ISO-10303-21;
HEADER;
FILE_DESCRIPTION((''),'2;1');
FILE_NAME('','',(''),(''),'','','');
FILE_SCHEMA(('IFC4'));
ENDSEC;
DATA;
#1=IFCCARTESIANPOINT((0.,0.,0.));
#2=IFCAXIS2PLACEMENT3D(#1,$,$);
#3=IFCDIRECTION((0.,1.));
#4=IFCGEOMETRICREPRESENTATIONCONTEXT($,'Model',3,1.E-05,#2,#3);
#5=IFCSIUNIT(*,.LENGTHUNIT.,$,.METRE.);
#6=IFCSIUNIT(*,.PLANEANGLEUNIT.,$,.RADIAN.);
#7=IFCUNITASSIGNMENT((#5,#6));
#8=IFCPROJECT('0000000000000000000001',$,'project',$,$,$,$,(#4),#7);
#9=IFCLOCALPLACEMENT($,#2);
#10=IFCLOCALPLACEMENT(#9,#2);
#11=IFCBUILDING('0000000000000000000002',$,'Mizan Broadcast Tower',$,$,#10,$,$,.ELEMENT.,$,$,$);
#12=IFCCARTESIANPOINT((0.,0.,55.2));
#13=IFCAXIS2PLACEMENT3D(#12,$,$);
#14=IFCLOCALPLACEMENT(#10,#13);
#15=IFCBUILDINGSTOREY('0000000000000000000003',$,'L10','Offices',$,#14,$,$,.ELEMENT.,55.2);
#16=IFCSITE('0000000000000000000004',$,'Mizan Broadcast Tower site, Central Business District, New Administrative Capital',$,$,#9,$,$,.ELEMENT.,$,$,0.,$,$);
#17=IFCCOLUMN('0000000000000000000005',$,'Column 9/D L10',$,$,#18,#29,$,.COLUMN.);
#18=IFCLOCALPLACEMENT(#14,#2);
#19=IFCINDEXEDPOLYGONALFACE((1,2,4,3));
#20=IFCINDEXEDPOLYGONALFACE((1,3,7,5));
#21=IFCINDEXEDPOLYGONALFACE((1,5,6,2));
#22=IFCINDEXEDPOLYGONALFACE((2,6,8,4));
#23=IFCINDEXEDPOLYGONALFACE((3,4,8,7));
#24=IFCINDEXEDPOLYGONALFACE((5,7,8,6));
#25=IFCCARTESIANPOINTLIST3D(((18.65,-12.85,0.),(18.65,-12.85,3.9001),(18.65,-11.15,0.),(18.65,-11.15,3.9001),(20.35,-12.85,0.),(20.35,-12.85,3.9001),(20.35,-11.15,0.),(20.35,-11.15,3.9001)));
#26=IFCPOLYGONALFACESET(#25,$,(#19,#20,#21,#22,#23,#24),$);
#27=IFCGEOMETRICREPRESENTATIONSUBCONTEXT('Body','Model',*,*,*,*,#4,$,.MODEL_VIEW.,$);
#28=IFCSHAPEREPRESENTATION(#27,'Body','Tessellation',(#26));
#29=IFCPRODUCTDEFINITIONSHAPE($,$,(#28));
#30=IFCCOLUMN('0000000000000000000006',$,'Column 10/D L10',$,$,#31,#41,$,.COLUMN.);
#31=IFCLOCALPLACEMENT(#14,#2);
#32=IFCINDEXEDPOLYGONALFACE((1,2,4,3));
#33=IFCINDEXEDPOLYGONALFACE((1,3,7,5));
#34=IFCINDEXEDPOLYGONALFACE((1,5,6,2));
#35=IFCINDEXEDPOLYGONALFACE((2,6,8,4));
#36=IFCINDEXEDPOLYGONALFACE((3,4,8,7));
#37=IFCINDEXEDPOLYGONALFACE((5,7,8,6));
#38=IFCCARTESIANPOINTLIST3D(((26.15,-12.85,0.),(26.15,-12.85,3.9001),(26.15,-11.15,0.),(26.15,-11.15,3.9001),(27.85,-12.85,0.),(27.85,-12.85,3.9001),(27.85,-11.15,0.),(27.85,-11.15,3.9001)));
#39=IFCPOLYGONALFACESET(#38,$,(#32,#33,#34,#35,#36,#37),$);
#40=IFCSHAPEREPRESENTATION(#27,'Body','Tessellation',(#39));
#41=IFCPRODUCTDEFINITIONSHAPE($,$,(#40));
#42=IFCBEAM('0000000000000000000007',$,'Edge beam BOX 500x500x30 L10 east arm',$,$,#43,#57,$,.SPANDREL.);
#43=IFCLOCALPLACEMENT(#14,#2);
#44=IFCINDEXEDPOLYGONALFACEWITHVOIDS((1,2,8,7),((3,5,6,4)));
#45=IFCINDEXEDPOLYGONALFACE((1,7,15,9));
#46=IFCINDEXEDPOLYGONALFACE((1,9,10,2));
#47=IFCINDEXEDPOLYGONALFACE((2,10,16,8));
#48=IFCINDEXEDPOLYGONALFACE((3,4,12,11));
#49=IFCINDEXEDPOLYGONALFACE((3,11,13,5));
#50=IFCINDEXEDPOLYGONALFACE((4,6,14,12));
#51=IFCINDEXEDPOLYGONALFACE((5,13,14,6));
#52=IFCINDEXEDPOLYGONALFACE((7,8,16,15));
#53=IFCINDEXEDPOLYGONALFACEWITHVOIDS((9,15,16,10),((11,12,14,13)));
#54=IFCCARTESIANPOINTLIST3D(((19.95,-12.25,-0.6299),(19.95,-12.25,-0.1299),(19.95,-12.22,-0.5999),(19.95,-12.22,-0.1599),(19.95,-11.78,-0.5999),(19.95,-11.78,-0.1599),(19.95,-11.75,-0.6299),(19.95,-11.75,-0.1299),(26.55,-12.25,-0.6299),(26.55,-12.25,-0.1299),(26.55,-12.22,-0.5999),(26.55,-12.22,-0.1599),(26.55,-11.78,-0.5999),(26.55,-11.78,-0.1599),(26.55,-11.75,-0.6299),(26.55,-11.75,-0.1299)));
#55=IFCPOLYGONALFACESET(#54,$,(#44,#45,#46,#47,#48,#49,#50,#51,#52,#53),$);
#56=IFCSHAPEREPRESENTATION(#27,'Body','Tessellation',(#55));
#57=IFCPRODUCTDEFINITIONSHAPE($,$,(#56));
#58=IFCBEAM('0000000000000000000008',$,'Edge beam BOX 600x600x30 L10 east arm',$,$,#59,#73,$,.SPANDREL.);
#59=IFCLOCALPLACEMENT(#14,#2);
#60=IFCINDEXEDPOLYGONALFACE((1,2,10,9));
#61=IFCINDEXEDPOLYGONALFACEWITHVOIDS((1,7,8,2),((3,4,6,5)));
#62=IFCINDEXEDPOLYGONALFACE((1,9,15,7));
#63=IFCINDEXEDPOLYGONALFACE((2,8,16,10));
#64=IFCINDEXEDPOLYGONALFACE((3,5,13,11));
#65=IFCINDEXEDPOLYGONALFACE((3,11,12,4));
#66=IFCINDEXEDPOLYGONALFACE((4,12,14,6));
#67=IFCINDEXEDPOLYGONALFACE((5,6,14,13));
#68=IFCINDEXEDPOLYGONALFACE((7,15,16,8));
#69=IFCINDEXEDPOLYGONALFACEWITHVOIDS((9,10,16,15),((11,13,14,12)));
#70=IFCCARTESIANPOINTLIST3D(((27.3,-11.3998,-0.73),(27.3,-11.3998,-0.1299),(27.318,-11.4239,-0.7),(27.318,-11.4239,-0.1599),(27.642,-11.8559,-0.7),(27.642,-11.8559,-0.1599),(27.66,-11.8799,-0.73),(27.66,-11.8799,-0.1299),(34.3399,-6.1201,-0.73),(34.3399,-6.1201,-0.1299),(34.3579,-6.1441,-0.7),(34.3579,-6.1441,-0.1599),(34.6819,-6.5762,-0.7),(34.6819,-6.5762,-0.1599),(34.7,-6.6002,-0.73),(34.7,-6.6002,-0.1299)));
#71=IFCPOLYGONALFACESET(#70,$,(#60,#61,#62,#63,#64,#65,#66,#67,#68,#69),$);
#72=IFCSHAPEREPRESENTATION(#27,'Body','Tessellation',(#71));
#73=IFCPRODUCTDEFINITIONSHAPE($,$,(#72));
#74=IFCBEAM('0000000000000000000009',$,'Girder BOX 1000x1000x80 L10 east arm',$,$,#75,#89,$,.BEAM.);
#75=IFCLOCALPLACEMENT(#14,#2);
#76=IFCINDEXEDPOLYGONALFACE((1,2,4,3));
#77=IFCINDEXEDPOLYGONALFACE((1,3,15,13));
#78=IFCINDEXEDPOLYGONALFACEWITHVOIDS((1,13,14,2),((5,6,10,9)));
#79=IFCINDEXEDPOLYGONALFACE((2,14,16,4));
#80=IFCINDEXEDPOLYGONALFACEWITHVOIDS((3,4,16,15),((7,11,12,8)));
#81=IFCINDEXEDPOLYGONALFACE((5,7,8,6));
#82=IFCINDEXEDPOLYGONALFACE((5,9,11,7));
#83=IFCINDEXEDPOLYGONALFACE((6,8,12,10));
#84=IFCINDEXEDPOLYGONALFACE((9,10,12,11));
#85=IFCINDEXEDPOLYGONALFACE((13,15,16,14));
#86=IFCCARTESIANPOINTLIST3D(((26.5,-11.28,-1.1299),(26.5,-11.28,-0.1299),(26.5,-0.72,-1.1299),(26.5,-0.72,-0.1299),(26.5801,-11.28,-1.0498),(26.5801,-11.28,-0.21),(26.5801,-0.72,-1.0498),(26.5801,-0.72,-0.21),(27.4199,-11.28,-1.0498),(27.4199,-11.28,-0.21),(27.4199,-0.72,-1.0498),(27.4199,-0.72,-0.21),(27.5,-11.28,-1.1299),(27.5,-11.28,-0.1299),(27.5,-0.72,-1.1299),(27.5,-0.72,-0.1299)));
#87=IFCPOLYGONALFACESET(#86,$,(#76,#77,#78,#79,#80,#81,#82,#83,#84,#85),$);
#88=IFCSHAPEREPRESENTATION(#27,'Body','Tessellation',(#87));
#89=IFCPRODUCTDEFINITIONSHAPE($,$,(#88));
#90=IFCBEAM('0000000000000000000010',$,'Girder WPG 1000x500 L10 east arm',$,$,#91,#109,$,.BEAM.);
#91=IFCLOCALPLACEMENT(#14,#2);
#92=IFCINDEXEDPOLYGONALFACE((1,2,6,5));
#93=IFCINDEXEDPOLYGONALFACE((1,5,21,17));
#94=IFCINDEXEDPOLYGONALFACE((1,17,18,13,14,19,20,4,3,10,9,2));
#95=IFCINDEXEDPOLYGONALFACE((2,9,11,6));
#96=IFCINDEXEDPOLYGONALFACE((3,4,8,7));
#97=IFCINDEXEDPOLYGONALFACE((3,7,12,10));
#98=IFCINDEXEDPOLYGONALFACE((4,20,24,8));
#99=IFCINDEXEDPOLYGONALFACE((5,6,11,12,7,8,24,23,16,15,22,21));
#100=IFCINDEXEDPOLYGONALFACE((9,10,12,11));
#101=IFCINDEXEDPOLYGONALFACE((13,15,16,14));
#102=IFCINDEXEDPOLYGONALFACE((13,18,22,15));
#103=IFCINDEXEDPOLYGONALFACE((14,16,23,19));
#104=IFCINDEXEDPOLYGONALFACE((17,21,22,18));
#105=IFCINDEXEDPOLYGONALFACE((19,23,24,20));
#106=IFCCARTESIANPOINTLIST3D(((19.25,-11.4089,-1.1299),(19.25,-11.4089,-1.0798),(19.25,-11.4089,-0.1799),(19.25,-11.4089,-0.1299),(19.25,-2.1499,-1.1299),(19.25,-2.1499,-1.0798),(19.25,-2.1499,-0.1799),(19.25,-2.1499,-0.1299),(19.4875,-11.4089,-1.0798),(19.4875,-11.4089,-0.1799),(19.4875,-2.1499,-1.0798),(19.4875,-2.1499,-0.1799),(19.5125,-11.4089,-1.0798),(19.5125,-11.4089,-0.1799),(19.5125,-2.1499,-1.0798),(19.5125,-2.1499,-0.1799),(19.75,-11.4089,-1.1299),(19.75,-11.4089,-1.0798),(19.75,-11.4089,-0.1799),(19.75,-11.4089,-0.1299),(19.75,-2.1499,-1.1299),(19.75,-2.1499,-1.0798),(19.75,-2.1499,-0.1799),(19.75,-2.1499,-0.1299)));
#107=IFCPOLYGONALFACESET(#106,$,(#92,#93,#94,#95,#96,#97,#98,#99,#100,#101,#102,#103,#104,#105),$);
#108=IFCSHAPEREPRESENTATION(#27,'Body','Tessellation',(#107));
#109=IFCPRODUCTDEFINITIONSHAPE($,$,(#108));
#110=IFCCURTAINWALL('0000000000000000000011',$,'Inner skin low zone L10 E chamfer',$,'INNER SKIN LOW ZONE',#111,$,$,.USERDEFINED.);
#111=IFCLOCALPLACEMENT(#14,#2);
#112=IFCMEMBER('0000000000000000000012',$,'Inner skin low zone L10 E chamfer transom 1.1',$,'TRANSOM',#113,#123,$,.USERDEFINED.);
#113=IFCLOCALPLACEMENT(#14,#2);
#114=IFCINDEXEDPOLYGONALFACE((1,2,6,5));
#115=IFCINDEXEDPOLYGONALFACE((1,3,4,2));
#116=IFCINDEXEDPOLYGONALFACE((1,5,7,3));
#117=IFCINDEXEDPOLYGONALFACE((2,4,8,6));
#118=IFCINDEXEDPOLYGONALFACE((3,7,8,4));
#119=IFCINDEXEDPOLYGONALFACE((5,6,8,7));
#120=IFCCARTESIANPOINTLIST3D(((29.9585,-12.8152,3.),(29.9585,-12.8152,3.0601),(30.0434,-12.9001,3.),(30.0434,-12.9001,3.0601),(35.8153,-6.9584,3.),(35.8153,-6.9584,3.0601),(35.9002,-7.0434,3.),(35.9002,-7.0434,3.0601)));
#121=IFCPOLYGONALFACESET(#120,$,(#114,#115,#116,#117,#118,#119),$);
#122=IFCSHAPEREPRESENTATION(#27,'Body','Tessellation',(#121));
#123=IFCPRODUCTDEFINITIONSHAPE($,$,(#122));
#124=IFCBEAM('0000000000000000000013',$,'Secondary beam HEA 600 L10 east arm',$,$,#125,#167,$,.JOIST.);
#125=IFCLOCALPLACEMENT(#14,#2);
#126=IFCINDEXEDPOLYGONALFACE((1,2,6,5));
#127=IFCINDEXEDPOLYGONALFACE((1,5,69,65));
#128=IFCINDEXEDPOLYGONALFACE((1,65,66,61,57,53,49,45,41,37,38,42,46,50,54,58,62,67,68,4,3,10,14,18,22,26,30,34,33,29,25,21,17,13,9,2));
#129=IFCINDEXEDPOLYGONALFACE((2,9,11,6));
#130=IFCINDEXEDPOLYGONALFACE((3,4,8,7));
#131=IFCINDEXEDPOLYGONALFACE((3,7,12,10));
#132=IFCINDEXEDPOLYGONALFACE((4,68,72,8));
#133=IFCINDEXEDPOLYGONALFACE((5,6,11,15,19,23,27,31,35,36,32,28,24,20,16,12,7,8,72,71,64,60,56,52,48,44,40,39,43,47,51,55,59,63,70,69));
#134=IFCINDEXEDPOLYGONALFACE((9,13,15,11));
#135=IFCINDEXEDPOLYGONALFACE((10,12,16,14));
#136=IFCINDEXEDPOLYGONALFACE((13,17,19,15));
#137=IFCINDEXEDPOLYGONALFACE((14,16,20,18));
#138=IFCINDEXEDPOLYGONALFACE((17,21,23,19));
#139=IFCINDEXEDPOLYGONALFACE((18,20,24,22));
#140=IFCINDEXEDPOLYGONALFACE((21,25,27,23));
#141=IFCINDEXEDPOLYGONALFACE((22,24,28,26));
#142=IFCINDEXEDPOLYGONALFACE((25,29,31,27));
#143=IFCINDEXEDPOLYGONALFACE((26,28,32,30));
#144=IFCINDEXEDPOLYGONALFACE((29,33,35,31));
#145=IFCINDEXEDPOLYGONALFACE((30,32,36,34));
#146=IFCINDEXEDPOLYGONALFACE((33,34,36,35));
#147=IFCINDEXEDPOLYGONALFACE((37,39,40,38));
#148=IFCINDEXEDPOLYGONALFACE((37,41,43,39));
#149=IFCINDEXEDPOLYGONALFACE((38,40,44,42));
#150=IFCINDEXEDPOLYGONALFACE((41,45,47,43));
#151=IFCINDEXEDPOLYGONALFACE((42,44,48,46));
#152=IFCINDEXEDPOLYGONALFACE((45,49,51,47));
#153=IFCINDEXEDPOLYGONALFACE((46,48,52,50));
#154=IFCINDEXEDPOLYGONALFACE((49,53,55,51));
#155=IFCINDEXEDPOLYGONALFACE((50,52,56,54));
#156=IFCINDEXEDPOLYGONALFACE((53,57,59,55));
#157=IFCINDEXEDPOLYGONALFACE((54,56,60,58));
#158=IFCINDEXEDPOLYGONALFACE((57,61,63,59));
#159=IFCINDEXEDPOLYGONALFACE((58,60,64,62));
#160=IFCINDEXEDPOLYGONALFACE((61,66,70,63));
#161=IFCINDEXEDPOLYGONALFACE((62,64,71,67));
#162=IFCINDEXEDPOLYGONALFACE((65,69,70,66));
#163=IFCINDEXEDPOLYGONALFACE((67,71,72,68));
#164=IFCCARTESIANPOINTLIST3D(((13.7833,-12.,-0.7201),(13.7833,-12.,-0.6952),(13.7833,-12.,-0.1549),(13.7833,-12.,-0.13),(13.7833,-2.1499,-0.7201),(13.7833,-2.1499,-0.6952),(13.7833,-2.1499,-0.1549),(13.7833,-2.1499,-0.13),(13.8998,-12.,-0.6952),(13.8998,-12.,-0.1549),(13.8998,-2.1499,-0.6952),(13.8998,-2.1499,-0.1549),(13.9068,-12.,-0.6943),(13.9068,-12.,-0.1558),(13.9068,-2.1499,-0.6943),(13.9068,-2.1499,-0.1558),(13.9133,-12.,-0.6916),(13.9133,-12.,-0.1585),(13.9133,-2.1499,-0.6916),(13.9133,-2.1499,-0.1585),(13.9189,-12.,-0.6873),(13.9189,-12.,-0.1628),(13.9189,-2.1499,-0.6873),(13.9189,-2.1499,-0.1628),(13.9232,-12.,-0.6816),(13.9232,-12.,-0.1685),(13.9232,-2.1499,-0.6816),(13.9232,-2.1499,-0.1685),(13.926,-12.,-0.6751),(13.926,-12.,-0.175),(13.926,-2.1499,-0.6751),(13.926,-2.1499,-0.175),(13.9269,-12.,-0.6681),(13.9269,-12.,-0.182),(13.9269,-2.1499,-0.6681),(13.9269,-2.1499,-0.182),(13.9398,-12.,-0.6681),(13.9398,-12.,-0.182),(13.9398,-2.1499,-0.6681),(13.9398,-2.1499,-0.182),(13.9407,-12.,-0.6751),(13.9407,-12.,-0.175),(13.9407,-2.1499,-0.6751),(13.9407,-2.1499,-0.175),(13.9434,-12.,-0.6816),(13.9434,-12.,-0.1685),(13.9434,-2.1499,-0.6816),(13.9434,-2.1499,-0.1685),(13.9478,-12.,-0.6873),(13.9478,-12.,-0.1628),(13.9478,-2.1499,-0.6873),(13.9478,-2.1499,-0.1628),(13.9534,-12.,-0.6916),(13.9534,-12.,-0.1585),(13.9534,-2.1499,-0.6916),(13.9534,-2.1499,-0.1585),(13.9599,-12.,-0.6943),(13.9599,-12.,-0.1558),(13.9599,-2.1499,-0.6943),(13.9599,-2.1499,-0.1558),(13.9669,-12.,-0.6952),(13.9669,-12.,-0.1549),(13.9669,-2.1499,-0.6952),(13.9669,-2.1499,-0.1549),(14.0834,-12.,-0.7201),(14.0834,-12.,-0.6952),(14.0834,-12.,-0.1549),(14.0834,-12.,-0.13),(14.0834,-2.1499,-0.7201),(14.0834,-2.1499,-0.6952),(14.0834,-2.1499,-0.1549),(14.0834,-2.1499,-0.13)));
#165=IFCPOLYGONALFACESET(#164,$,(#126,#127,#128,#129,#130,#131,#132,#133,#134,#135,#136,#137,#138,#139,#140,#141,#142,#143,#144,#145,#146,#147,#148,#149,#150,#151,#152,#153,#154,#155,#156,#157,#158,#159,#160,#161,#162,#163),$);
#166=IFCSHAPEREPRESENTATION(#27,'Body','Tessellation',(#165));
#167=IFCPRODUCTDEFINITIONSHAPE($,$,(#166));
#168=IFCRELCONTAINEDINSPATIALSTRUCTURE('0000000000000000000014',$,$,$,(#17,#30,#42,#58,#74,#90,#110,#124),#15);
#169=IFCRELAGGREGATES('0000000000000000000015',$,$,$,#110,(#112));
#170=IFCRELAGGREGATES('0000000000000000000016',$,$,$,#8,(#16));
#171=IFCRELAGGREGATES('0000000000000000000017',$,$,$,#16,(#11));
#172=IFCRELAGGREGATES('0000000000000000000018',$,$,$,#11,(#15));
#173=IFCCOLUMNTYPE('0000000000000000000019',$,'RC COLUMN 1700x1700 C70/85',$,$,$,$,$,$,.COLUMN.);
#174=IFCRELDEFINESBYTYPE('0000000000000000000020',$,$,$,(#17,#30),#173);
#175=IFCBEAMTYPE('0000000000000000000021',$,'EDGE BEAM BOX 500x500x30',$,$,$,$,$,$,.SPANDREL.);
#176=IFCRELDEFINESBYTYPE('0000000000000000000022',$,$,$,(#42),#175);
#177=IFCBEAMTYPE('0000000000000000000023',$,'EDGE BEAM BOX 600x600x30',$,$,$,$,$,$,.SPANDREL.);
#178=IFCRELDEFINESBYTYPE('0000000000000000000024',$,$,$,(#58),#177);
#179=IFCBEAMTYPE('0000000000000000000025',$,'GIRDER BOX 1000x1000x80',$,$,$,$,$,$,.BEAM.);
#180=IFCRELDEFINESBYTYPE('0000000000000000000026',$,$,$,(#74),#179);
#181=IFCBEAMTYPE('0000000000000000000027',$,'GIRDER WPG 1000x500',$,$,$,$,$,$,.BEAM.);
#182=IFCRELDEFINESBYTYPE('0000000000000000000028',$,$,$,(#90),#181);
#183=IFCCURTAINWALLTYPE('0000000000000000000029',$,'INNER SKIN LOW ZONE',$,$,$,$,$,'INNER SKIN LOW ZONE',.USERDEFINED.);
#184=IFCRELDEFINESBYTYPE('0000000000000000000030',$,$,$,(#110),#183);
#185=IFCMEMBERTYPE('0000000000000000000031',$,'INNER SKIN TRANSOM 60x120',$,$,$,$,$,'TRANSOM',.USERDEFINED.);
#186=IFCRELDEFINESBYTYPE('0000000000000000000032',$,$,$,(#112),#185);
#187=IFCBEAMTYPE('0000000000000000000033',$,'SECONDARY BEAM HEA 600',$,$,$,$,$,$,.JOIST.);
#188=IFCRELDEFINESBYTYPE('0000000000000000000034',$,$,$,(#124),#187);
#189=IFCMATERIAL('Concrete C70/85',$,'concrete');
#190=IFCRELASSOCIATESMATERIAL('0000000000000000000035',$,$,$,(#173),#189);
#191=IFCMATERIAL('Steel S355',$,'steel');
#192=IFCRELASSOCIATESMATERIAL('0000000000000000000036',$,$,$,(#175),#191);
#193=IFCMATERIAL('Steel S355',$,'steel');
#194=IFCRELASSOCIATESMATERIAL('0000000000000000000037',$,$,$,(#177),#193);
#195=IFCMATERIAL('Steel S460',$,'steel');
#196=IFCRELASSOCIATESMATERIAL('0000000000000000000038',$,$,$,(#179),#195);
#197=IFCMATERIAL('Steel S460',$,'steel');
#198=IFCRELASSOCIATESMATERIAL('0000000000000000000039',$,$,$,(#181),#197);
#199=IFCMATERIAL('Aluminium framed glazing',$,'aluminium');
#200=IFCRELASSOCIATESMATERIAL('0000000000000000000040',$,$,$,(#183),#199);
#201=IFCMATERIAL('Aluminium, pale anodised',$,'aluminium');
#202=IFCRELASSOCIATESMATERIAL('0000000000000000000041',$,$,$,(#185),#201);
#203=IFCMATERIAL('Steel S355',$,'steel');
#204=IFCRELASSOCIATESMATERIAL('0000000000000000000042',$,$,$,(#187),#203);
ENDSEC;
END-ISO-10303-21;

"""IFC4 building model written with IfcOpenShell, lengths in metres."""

from ifc_helpers import new_model, si_unit, direction, frame, origin, origin_2d, place, context, subcontext, project, spatial, rectangle, hollow_rectangle, i_section, extrude, material, material_profile, profile_set, type_object, element, aggregate, save


model = new_model("IFC4")

# Units and contexts
model_context = context("Model", 3, precision=1e-05, world=origin(), true_north=direction((0.0, 1.0)))
body_context = subcontext(model_context, "Body", "Model", "MODEL_VIEW")
ifc_project = project(units=[si_unit("LENGTHUNIT", "METRE"), si_unit("PLANEANGLEUNIT", "RADIAN")], contexts=[model_context])

# Site, building, storey
site_placement = place(None, origin())
site = spatial("IfcSite", under=ifc_project, at=site_placement, Name="Mizan Broadcast Tower site, Central Business District, New Administrative Capital", CompositionType="ELEMENT", RefElevation=0.0)
building_placement = place(site_placement, origin())
building = spatial("IfcBuilding", under=site, at=building_placement, Name="Mizan Broadcast Tower", CompositionType="ELEMENT")
storey_placement = place(building_placement, frame((0.0, 0.0, 55.2)))
storey = spatial("IfcBuildingStorey", under=building, at=storey_placement, Name="L10", Description="Offices", CompositionType="ELEMENT", Elevation=55.2)

# Columns
ifc_material_1 = material(Name="Concrete C70/85", Category="concrete")
ifc_material_profile_1 = material_profile(ifc_material_1, rectangle(XDim=1.7, YDim=1.7, at=origin_2d()), Name="RC 1700x1700")
ifc_profile_set_1 = profile_set([ifc_material_profile_1], Name="Concrete C70/85")
column_type = type_object("IfcColumnType", Name="RC COLUMN 1700x1700 C70/85", PredefinedType="COLUMN", material=ifc_profile_set_1)
for number, where, z_axis, x_axis, name in (
    (1, (19.5, -12.0, 0.0), (0.0, 0.0, 1.0), (1.0, 0.0, 0.0), "Column 9/D L10"),
    (2, (27.0, -12.0, 0.0), (0.0, 0.0, 1.0), (1.0, 0.0, 0.0), "Column 10/D L10"),
):
    element("IfcColumn", number, at=place(storey_placement, frame(where, z_axis=z_axis, x_axis=x_axis)), inside=storey, type_object=column_type, Name=name, PredefinedType="COLUMN", context=body_context, shape_type="SweptSolid", body=[
        extrude(rectangle(XDim=1.7, YDim=1.7, at=origin_2d()), origin(), (0.0, 0.0, 1.0), 3.9001),
    ])

# Beams
ifc_material_2 = material(Name="Steel S355", Category="steel")
ifc_material_profile_2 = material_profile(ifc_material_2, hollow_rectangle(XDim=0.5, YDim=0.5, WallThickness=0.03, at=origin_2d()), Name="BOX 500x500x30")
ifc_profile_set_2 = profile_set([ifc_material_profile_2], Name="Steel S355")
beam_type_1 = type_object("IfcBeamType", Name="EDGE BEAM BOX 500x500x30", PredefinedType="SPANDREL", material=ifc_profile_set_2)
beam_1_placement = place(storey_placement, frame((19.95, -12.0, -0.3799), z_axis=(1.0, 0.0, 0.0), x_axis=(0.0, 1.0, 0.0)))
element("IfcBeam", 3, at=beam_1_placement, inside=storey, type_object=beam_type_1, Name="Edge beam BOX 500x500x30 L10 east arm", PredefinedType="SPANDREL", context=body_context, shape_type="SweptSolid", body=[
    extrude(hollow_rectangle(XDim=0.5, YDim=0.5, WallThickness=0.03, at=origin_2d()), origin(), (0.0, 0.0, 1.0), 6.6001),
])
ifc_material_3 = material(Name="Steel S355", Category="steel")
ifc_material_profile_3 = material_profile(ifc_material_3, hollow_rectangle(XDim=0.6001, YDim=0.6001, WallThickness=0.03, at=origin_2d()), Name="BOX 600x600x30")
ifc_profile_set_3 = profile_set([ifc_material_profile_3], Name="Steel S355")
beam_type_2 = type_object("IfcBeamType", Name="EDGE BEAM BOX 600x600x30", PredefinedType="SPANDREL", material=ifc_profile_set_3)
beam_2_placement = place(storey_placement, frame((27.48, -11.6399, -0.4299), z_axis=(0.800013, 0.599982, 0.0), x_axis=(-0.599982, 0.800013, 0.0)))
element("IfcBeam", 4, at=beam_2_placement, inside=storey, type_object=beam_type_2, Name="Edge beam BOX 600x600x30 L10 east arm", PredefinedType="SPANDREL", context=body_context, shape_type="SweptSolid", body=[
    extrude(hollow_rectangle(XDim=0.6001, YDim=0.6001, WallThickness=0.03, at=origin_2d()), origin(), (0.0, 0.0, 1.0), 8.7998),
])
ifc_material_4 = material(Name="Steel S460", Category="steel")
ifc_material_profile_4 = material_profile(ifc_material_4, hollow_rectangle(XDim=1.0, YDim=1.0, WallThickness=0.0801, at=origin_2d()), Name="BOX 1000x1000x80")
ifc_profile_set_4 = profile_set([ifc_material_profile_4], Name="Steel S460")
beam_type_3 = type_object("IfcBeamType", Name="GIRDER BOX 1000x1000x80", PredefinedType="BEAM", material=ifc_profile_set_4)
beam_3_placement = place(storey_placement, frame((27.0, -11.28, -0.6299), z_axis=(0.0, 1.0, 0.0), x_axis=(-1.0, 0.0, 0.0)))
element("IfcBeam", 5, at=beam_3_placement, inside=storey, type_object=beam_type_3, Name="Girder BOX 1000x1000x80 L10 east arm", PredefinedType="BEAM", context=body_context, shape_type="SweptSolid", body=[
    extrude(hollow_rectangle(XDim=1.0, YDim=1.0, WallThickness=0.0801, at=origin_2d()), origin(), (0.0, 0.0, 1.0), 10.5601),
])
ifc_material_5 = material(Name="Steel S460", Category="steel")
ifc_material_profile_5 = material_profile(ifc_material_5, i_section(OverallWidth=0.5, OverallDepth=1.0, WebThickness=0.0249, FlangeThickness=0.05, at=origin_2d()), Name="WPG 1000x500")
ifc_profile_set_5 = profile_set([ifc_material_profile_5], Name="Steel S460")
beam_type_4 = type_object("IfcBeamType", Name="GIRDER WPG 1000x500", PredefinedType="BEAM", material=ifc_profile_set_5)
beam_4_placement = place(storey_placement, frame((19.5, -11.4089, -0.6299), z_axis=(0.0, 1.0, 0.0), x_axis=(-1.0, 0.0, 0.0)))
element("IfcBeam", 6, at=beam_4_placement, inside=storey, type_object=beam_type_4, Name="Girder WPG 1000x500 L10 east arm", PredefinedType="BEAM", context=body_context, shape_type="SweptSolid", body=[
    extrude(i_section(OverallWidth=0.5, OverallDepth=1.0, WebThickness=0.0249, FlangeThickness=0.05, at=origin_2d()), origin(), (0.0, 0.0, 1.0), 9.259),
])

# Curtain wall, member
ifc_material_6 = material(Name="Aluminium framed glazing", Category="aluminium")
curtain_wall_type = type_object("IfcCurtainWallType", Name="INNER SKIN LOW ZONE", ElementType="INNER SKIN LOW ZONE", PredefinedType="USERDEFINED", material=ifc_material_6)
curtain_wall_placement = place(storey_placement, origin())
curtain_wall = element("IfcCurtainWall", 7, at=curtain_wall_placement, inside=storey, type_object=curtain_wall_type, Name="Inner skin low zone L10 E chamfer", ObjectType="INNER SKIN LOW ZONE", PredefinedType="USERDEFINED")
ifc_material_7 = material(Name="Aluminium, pale anodised", Category="aluminium")
ifc_material_profile_6 = material_profile(ifc_material_7, rectangle(XDim=0.1201, YDim=0.0601, at=origin_2d()), Name="TRANSOM 120x60")
ifc_profile_set_6 = profile_set([ifc_material_profile_6], Name="Aluminium, pale anodised")
member_type = type_object("IfcMemberType", Name="INNER SKIN TRANSOM 60x120", ElementType="TRANSOM", PredefinedType="USERDEFINED", material=ifc_profile_set_6)
member_placement = place(storey_placement, frame((30.001, -12.8577, 3.03), z_axis=(0.707107, 0.707107, 0.0), x_axis=(-0.707107, 0.707107, 0.0)))
member = element("IfcMember", 8, at=member_placement, type_object=member_type, Name="Inner skin low zone L10 E chamfer transom 1.1", ObjectType="TRANSOM", PredefinedType="USERDEFINED", context=body_context, shape_type="SweptSolid", body=[
    extrude(rectangle(XDim=0.1201, YDim=0.0601, at=origin_2d()), origin(), (0.0, 0.0, 1.0), 8.2827),
])
aggregate(curtain_wall, [member])

# Beam
ifc_material_8 = material(Name="Steel S355", Category="steel")
ifc_material_profile_7 = material_profile(ifc_material_8, i_section(OverallWidth=0.3, OverallDepth=0.5901, WebThickness=0.0129, FlangeThickness=0.0249, FilletRadius=0.0271, at=origin_2d()), Name="HEA 600")
ifc_profile_set_7 = profile_set([ifc_material_profile_7], Name="Steel S355")
beam_type_5 = type_object("IfcBeamType", Name="SECONDARY BEAM HEA 600", PredefinedType="JOIST", material=ifc_profile_set_7)
for number, where, z_axis, x_axis, name in (
    (9, (13.9333, -12.0, -0.425), (0.0, 1.0, 0.0), (-1.0, 0.0, 0.0), "Secondary beam HEA 600 L10 east arm"),
):
    element("IfcBeam", number, at=place(storey_placement, frame(where, z_axis=z_axis, x_axis=x_axis)), inside=storey, type_object=beam_type_5, Name=name, PredefinedType="JOIST", context=body_context, shape_type="SweptSolid", body=[
        extrude(i_section(OverallWidth=0.3, OverallDepth=0.5901, WebThickness=0.0129, FlangeThickness=0.0249, FilletRadius=0.0271, at=origin_2d()), origin(), (0.0, 0.0, 1.0), 9.8501),
    ])

save(model, "model.ifc")
